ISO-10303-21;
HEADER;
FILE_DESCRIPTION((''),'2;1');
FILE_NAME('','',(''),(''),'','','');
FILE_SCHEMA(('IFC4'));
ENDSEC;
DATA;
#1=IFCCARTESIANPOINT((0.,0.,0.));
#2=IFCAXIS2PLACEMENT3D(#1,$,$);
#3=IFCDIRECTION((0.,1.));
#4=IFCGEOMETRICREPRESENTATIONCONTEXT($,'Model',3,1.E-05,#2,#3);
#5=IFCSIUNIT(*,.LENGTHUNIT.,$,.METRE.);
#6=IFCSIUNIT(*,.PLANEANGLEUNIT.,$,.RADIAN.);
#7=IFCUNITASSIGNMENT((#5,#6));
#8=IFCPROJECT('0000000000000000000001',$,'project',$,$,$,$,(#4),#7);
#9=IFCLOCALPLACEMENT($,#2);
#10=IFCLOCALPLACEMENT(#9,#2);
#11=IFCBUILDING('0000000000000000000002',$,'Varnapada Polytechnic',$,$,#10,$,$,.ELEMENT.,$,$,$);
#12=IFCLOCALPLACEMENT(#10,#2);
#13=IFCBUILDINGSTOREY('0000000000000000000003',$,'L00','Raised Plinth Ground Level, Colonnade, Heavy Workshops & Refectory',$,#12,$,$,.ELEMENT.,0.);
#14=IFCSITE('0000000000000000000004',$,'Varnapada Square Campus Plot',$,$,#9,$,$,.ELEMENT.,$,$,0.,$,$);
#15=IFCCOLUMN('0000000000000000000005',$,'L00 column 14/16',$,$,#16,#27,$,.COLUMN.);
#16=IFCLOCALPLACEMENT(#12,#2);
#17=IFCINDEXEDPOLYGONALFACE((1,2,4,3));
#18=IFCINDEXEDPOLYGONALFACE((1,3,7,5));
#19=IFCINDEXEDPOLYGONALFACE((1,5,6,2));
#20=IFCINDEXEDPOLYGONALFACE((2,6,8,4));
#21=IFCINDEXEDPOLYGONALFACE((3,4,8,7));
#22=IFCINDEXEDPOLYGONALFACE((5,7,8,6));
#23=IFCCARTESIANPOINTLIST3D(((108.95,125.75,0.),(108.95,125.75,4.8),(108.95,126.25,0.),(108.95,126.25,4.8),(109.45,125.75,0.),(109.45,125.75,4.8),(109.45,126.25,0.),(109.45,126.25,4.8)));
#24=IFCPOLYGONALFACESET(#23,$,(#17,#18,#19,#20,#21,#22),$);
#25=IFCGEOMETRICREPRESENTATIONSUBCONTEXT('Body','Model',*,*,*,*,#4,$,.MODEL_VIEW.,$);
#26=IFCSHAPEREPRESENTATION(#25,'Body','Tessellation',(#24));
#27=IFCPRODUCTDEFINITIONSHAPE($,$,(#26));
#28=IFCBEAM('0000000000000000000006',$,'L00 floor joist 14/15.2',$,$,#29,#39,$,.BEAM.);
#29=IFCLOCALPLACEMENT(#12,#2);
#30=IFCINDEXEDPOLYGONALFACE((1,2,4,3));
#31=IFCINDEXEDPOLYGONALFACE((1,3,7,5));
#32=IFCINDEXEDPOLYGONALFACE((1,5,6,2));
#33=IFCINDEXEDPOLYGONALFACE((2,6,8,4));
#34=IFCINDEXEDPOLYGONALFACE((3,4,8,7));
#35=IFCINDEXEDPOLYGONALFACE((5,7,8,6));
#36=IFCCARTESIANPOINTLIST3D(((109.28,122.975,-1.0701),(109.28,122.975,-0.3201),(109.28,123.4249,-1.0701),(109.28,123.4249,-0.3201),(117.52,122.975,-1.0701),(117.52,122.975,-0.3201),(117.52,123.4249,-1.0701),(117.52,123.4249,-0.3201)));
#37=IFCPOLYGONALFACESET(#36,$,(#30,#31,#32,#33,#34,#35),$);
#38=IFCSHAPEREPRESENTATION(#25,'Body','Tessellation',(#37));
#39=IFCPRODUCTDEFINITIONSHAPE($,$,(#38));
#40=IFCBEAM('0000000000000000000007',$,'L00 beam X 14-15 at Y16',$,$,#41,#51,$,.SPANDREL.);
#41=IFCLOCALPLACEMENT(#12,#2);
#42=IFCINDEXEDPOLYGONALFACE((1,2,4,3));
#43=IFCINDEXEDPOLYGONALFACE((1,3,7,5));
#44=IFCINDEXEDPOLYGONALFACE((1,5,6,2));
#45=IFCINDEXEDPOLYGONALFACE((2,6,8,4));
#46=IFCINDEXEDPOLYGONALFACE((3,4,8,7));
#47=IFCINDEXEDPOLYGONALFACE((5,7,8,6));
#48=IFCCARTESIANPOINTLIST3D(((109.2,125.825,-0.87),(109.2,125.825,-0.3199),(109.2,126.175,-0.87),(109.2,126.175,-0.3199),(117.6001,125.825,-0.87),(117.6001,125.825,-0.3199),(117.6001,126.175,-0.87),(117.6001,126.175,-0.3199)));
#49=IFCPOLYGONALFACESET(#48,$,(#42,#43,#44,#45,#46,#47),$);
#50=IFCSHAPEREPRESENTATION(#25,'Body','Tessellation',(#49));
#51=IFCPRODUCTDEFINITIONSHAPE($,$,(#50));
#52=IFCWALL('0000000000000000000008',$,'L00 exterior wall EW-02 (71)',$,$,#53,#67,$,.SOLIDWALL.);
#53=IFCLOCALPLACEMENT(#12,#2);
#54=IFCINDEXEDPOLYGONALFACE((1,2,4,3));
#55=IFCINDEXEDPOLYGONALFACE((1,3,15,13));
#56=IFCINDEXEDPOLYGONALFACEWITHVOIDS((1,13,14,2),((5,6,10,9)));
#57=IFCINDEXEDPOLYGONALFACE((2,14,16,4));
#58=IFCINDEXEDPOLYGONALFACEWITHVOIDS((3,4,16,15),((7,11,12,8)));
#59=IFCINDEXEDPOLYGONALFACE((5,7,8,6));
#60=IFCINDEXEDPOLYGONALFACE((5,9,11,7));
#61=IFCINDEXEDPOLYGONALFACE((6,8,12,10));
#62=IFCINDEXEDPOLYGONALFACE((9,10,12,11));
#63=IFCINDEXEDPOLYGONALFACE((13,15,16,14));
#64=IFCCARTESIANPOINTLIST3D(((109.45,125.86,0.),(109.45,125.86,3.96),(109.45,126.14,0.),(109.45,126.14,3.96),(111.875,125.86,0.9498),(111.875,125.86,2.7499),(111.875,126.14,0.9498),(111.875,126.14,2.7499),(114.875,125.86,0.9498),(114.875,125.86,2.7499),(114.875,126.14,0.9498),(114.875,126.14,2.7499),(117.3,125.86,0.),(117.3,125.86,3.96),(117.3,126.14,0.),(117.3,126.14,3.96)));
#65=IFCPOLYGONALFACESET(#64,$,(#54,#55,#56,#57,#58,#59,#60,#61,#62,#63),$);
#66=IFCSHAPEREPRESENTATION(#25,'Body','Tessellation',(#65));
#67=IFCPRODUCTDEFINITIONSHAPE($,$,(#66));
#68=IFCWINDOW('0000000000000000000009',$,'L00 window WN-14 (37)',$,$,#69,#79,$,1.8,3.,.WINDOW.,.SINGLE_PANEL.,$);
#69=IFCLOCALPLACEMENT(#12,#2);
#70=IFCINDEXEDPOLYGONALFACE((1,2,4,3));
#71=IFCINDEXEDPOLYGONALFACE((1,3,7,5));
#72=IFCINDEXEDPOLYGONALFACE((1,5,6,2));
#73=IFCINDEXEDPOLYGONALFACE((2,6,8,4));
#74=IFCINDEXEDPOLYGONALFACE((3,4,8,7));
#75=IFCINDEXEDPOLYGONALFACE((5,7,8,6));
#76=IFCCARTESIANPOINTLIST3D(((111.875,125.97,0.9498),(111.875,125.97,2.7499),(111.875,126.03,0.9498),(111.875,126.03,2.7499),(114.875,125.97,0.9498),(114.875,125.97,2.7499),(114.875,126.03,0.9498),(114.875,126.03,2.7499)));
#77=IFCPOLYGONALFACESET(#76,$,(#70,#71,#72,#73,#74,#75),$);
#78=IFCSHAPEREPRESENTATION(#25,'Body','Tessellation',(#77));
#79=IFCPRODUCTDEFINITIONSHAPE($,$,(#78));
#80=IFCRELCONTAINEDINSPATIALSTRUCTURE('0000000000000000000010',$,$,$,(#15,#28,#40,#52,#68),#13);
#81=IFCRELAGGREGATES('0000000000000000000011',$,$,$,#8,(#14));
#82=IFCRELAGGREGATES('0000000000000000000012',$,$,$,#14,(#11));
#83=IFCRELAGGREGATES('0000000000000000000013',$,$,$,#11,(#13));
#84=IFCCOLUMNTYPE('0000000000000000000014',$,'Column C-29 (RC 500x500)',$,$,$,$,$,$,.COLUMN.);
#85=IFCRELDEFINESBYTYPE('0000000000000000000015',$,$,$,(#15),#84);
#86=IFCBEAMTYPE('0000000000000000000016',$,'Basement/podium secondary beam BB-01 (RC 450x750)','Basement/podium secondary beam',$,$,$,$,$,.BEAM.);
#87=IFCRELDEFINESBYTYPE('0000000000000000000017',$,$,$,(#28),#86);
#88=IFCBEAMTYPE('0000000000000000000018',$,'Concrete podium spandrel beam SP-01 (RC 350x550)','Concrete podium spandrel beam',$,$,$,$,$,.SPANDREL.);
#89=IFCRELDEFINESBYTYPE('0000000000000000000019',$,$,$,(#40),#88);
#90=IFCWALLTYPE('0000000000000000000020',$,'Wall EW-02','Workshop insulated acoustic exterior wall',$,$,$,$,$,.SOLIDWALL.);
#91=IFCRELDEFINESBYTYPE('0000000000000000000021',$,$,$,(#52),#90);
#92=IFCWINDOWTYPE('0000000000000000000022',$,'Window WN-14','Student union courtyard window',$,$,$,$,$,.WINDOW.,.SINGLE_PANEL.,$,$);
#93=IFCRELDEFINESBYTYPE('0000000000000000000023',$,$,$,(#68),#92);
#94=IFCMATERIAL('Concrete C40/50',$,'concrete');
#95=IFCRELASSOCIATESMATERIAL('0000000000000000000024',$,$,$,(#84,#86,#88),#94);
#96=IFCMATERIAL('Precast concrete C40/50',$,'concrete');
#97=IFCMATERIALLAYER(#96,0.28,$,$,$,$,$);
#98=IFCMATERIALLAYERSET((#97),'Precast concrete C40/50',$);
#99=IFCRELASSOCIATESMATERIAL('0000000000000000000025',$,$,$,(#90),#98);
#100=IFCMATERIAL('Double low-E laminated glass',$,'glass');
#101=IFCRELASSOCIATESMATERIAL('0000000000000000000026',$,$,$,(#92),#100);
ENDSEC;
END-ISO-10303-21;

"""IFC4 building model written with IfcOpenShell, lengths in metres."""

from ifc_helpers import new_model, si_unit, direction, frame, frame_2d, origin, origin_2d, place, context, subcontext, project, spatial, rectangle, extrude, material, layer, layer_set, material_profile, profile_set, type_object, element, fill, save


model = new_model("IFC4")

# Units and contexts
model_context = context("Model", 3, precision=1e-05, world=origin(), true_north=direction((0.0, 1.0)))
body_context = subcontext(model_context, "Body", "Model", "MODEL_VIEW")
ifc_project = project(units=[si_unit("LENGTHUNIT", "METRE"), si_unit("PLANEANGLEUNIT", "RADIAN")], contexts=[model_context])

# Site, building, storey
site_placement = place(None, origin())
site = spatial("IfcSite", under=ifc_project, at=site_placement, Name="Varnapada Square Campus Plot", CompositionType="ELEMENT", RefElevation=0.0)
building_placement = place(site_placement, origin())
building = spatial("IfcBuilding", under=site, at=building_placement, Name="Varnapada Polytechnic", CompositionType="ELEMENT")
storey_placement = place(building_placement, origin())
storey = spatial("IfcBuildingStorey", under=building, at=storey_placement, Name="L00", Description="Raised Plinth Ground Level, Colonnade, Heavy Workshops & Refectory", CompositionType="ELEMENT", Elevation=0.0)

# Column
ifc_material_1 = material(Name="Concrete C40/50", Category="concrete")
ifc_material_profile_1 = material_profile(ifc_material_1, rectangle(XDim=0.5, YDim=0.5, at=origin_2d()), Name="RC 500x500")
ifc_profile_set_1 = profile_set([ifc_material_profile_1], Name="Concrete C40/50")
column_type = type_object("IfcColumnType", Name="Column C-29 (RC 500x500)", PredefinedType="COLUMN", material=ifc_profile_set_1)
column_placement = place(storey_placement, frame((109.2, 126.0, 0.0), z_axis=(0.0, 0.0, 1.0), x_axis=(1.0, 0.0, 0.0)))
element("IfcColumn", 1, at=column_placement, inside=storey, type_object=column_type, Name="L00 column 14/16", PredefinedType="COLUMN", context=body_context, shape_type="SweptSolid", body=[
    extrude(rectangle(XDim=0.5, YDim=0.5, at=origin_2d()), origin(), (0.0, 0.0, 1.0), 4.8),
])

# Beams
ifc_material_profile_2 = material_profile(ifc_material_1, rectangle(XDim=0.45, YDim=0.75, at=origin_2d()), Name="RC 450x750")
ifc_profile_set_2 = profile_set([ifc_material_profile_2], Name="Concrete C40/50")
beam_type_1 = type_object("IfcBeamType", Name="Basement/podium secondary beam BB-01 (RC 450x750)", Description="Basement/podium secondary beam", PredefinedType="BEAM", material=ifc_profile_set_2)
beam_1_placement = place(storey_placement, frame((109.28, 123.2, -0.6951), z_axis=(1.0, 0.0, 0.0), x_axis=(0.0, 1.0, 0.0)))
element("IfcBeam", 2, at=beam_1_placement, inside=storey, type_object=beam_type_1, Name="L00 floor joist 14/15.2", PredefinedType="BEAM", context=body_context, shape_type="SweptSolid", body=[
    extrude(rectangle(XDim=0.45, YDim=0.75, at=origin_2d()), origin(), (0.0, 0.0, 1.0), 8.24),
])
ifc_material_profile_3 = material_profile(ifc_material_1, rectangle(XDim=0.3501, YDim=0.55, at=origin_2d()), Name="RC 350x550")
ifc_profile_set_3 = profile_set([ifc_material_profile_3], Name="Concrete C40/50")
beam_type_2 = type_object("IfcBeamType", Name="Concrete podium spandrel beam SP-01 (RC 350x550)", Description="Concrete podium spandrel beam", PredefinedType="SPANDREL", material=ifc_profile_set_3)
beam_2_placement = place(storey_placement, frame((109.2, 126.0, -0.595), z_axis=(1.0, 0.0, 0.0), x_axis=(0.0, 1.0, 0.0)))
element("IfcBeam", 3, at=beam_2_placement, inside=storey, type_object=beam_type_2, Name="L00 beam X 14-15 at Y16", PredefinedType="SPANDREL", context=body_context, shape_type="SweptSolid", body=[
    extrude(rectangle(XDim=0.3501, YDim=0.55, at=origin_2d()), origin(), (0.0, 0.0, 1.0), 8.4001),
])

# Wall, opening, window
ifc_material_2 = material(Name="Precast concrete C40/50", Category="concrete")
ifc_layer_1 = layer(ifc_material_2, 0.28)
ifc_layer_set_1 = layer_set([ifc_layer_1], Name="Precast concrete C40/50")
wall_type = type_object("IfcWallType", Name="Wall EW-02", Description="Workshop insulated acoustic exterior wall", PredefinedType="SOLIDWALL", material=ifc_layer_set_1)
wall_placement = place(storey_placement, frame((109.45, 126.0, 0.0), z_axis=(0.0, 0.0, 1.0), x_axis=(1.0, 0.0, 0.0)))
wall = element("IfcWall", 4, at=wall_placement, inside=storey, type_object=wall_type, Name="L00 exterior wall EW-02 (71)", PredefinedType="SOLIDWALL", context=body_context, shape_type="SweptSolid", body=[
    extrude(rectangle(XDim=7.8501, YDim=0.28, at=frame_2d((3.925, 0.0))), origin(), (0.0, 0.0, 1.0), 3.96),
])
opening_1_placement = place(wall_placement, frame((2.425, 0.0, 0.95)))
opening_1 = element("IfcOpeningElement", 5, at=opening_1_placement, cuts=wall, PredefinedType="OPENING", context=body_context, shape_type="SweptSolid", body=[
    extrude(rectangle(XDim=3.0, YDim=1.8, at=frame_2d((1.5, 0.8999))), frame((0.0, 0.1499, 0.0), z_axis=(0.0, -1.0, 0.0), x_axis=(1.0, 0.0, 0.0)), (0.0, 0.0, 1.0), 0.3),
])
ifc_material_3 = material(Name="Double low-E laminated glass", Category="glass")
window_type = type_object("IfcWindowType", Name="Window WN-14", Description="Student union courtyard window", PartitioningType="SINGLE_PANEL", PredefinedType="WINDOW", material=ifc_material_3)
window_placement = place(opening_1_placement, origin())
window = element("IfcWindow", 6, at=window_placement, inside=storey, type_object=window_type, Name="L00 window WN-14 (37)", OverallHeight=1.8, OverallWidth=3.0, PartitioningType="SINGLE_PANEL", PredefinedType="WINDOW", context=body_context, shape_type="SweptSolid", body=[
    extrude(rectangle(XDim=3.0, YDim=1.8, at=frame_2d((1.5, 0.8999))), frame((0.0, 0.03, 0.0), z_axis=(0.0, -1.0, 0.0), x_axis=(1.0, 0.0, 0.0)), (0.0, 0.0, 1.0), 0.0601),
])
fill(opening_1, window)

save(model, "model.ifc")
